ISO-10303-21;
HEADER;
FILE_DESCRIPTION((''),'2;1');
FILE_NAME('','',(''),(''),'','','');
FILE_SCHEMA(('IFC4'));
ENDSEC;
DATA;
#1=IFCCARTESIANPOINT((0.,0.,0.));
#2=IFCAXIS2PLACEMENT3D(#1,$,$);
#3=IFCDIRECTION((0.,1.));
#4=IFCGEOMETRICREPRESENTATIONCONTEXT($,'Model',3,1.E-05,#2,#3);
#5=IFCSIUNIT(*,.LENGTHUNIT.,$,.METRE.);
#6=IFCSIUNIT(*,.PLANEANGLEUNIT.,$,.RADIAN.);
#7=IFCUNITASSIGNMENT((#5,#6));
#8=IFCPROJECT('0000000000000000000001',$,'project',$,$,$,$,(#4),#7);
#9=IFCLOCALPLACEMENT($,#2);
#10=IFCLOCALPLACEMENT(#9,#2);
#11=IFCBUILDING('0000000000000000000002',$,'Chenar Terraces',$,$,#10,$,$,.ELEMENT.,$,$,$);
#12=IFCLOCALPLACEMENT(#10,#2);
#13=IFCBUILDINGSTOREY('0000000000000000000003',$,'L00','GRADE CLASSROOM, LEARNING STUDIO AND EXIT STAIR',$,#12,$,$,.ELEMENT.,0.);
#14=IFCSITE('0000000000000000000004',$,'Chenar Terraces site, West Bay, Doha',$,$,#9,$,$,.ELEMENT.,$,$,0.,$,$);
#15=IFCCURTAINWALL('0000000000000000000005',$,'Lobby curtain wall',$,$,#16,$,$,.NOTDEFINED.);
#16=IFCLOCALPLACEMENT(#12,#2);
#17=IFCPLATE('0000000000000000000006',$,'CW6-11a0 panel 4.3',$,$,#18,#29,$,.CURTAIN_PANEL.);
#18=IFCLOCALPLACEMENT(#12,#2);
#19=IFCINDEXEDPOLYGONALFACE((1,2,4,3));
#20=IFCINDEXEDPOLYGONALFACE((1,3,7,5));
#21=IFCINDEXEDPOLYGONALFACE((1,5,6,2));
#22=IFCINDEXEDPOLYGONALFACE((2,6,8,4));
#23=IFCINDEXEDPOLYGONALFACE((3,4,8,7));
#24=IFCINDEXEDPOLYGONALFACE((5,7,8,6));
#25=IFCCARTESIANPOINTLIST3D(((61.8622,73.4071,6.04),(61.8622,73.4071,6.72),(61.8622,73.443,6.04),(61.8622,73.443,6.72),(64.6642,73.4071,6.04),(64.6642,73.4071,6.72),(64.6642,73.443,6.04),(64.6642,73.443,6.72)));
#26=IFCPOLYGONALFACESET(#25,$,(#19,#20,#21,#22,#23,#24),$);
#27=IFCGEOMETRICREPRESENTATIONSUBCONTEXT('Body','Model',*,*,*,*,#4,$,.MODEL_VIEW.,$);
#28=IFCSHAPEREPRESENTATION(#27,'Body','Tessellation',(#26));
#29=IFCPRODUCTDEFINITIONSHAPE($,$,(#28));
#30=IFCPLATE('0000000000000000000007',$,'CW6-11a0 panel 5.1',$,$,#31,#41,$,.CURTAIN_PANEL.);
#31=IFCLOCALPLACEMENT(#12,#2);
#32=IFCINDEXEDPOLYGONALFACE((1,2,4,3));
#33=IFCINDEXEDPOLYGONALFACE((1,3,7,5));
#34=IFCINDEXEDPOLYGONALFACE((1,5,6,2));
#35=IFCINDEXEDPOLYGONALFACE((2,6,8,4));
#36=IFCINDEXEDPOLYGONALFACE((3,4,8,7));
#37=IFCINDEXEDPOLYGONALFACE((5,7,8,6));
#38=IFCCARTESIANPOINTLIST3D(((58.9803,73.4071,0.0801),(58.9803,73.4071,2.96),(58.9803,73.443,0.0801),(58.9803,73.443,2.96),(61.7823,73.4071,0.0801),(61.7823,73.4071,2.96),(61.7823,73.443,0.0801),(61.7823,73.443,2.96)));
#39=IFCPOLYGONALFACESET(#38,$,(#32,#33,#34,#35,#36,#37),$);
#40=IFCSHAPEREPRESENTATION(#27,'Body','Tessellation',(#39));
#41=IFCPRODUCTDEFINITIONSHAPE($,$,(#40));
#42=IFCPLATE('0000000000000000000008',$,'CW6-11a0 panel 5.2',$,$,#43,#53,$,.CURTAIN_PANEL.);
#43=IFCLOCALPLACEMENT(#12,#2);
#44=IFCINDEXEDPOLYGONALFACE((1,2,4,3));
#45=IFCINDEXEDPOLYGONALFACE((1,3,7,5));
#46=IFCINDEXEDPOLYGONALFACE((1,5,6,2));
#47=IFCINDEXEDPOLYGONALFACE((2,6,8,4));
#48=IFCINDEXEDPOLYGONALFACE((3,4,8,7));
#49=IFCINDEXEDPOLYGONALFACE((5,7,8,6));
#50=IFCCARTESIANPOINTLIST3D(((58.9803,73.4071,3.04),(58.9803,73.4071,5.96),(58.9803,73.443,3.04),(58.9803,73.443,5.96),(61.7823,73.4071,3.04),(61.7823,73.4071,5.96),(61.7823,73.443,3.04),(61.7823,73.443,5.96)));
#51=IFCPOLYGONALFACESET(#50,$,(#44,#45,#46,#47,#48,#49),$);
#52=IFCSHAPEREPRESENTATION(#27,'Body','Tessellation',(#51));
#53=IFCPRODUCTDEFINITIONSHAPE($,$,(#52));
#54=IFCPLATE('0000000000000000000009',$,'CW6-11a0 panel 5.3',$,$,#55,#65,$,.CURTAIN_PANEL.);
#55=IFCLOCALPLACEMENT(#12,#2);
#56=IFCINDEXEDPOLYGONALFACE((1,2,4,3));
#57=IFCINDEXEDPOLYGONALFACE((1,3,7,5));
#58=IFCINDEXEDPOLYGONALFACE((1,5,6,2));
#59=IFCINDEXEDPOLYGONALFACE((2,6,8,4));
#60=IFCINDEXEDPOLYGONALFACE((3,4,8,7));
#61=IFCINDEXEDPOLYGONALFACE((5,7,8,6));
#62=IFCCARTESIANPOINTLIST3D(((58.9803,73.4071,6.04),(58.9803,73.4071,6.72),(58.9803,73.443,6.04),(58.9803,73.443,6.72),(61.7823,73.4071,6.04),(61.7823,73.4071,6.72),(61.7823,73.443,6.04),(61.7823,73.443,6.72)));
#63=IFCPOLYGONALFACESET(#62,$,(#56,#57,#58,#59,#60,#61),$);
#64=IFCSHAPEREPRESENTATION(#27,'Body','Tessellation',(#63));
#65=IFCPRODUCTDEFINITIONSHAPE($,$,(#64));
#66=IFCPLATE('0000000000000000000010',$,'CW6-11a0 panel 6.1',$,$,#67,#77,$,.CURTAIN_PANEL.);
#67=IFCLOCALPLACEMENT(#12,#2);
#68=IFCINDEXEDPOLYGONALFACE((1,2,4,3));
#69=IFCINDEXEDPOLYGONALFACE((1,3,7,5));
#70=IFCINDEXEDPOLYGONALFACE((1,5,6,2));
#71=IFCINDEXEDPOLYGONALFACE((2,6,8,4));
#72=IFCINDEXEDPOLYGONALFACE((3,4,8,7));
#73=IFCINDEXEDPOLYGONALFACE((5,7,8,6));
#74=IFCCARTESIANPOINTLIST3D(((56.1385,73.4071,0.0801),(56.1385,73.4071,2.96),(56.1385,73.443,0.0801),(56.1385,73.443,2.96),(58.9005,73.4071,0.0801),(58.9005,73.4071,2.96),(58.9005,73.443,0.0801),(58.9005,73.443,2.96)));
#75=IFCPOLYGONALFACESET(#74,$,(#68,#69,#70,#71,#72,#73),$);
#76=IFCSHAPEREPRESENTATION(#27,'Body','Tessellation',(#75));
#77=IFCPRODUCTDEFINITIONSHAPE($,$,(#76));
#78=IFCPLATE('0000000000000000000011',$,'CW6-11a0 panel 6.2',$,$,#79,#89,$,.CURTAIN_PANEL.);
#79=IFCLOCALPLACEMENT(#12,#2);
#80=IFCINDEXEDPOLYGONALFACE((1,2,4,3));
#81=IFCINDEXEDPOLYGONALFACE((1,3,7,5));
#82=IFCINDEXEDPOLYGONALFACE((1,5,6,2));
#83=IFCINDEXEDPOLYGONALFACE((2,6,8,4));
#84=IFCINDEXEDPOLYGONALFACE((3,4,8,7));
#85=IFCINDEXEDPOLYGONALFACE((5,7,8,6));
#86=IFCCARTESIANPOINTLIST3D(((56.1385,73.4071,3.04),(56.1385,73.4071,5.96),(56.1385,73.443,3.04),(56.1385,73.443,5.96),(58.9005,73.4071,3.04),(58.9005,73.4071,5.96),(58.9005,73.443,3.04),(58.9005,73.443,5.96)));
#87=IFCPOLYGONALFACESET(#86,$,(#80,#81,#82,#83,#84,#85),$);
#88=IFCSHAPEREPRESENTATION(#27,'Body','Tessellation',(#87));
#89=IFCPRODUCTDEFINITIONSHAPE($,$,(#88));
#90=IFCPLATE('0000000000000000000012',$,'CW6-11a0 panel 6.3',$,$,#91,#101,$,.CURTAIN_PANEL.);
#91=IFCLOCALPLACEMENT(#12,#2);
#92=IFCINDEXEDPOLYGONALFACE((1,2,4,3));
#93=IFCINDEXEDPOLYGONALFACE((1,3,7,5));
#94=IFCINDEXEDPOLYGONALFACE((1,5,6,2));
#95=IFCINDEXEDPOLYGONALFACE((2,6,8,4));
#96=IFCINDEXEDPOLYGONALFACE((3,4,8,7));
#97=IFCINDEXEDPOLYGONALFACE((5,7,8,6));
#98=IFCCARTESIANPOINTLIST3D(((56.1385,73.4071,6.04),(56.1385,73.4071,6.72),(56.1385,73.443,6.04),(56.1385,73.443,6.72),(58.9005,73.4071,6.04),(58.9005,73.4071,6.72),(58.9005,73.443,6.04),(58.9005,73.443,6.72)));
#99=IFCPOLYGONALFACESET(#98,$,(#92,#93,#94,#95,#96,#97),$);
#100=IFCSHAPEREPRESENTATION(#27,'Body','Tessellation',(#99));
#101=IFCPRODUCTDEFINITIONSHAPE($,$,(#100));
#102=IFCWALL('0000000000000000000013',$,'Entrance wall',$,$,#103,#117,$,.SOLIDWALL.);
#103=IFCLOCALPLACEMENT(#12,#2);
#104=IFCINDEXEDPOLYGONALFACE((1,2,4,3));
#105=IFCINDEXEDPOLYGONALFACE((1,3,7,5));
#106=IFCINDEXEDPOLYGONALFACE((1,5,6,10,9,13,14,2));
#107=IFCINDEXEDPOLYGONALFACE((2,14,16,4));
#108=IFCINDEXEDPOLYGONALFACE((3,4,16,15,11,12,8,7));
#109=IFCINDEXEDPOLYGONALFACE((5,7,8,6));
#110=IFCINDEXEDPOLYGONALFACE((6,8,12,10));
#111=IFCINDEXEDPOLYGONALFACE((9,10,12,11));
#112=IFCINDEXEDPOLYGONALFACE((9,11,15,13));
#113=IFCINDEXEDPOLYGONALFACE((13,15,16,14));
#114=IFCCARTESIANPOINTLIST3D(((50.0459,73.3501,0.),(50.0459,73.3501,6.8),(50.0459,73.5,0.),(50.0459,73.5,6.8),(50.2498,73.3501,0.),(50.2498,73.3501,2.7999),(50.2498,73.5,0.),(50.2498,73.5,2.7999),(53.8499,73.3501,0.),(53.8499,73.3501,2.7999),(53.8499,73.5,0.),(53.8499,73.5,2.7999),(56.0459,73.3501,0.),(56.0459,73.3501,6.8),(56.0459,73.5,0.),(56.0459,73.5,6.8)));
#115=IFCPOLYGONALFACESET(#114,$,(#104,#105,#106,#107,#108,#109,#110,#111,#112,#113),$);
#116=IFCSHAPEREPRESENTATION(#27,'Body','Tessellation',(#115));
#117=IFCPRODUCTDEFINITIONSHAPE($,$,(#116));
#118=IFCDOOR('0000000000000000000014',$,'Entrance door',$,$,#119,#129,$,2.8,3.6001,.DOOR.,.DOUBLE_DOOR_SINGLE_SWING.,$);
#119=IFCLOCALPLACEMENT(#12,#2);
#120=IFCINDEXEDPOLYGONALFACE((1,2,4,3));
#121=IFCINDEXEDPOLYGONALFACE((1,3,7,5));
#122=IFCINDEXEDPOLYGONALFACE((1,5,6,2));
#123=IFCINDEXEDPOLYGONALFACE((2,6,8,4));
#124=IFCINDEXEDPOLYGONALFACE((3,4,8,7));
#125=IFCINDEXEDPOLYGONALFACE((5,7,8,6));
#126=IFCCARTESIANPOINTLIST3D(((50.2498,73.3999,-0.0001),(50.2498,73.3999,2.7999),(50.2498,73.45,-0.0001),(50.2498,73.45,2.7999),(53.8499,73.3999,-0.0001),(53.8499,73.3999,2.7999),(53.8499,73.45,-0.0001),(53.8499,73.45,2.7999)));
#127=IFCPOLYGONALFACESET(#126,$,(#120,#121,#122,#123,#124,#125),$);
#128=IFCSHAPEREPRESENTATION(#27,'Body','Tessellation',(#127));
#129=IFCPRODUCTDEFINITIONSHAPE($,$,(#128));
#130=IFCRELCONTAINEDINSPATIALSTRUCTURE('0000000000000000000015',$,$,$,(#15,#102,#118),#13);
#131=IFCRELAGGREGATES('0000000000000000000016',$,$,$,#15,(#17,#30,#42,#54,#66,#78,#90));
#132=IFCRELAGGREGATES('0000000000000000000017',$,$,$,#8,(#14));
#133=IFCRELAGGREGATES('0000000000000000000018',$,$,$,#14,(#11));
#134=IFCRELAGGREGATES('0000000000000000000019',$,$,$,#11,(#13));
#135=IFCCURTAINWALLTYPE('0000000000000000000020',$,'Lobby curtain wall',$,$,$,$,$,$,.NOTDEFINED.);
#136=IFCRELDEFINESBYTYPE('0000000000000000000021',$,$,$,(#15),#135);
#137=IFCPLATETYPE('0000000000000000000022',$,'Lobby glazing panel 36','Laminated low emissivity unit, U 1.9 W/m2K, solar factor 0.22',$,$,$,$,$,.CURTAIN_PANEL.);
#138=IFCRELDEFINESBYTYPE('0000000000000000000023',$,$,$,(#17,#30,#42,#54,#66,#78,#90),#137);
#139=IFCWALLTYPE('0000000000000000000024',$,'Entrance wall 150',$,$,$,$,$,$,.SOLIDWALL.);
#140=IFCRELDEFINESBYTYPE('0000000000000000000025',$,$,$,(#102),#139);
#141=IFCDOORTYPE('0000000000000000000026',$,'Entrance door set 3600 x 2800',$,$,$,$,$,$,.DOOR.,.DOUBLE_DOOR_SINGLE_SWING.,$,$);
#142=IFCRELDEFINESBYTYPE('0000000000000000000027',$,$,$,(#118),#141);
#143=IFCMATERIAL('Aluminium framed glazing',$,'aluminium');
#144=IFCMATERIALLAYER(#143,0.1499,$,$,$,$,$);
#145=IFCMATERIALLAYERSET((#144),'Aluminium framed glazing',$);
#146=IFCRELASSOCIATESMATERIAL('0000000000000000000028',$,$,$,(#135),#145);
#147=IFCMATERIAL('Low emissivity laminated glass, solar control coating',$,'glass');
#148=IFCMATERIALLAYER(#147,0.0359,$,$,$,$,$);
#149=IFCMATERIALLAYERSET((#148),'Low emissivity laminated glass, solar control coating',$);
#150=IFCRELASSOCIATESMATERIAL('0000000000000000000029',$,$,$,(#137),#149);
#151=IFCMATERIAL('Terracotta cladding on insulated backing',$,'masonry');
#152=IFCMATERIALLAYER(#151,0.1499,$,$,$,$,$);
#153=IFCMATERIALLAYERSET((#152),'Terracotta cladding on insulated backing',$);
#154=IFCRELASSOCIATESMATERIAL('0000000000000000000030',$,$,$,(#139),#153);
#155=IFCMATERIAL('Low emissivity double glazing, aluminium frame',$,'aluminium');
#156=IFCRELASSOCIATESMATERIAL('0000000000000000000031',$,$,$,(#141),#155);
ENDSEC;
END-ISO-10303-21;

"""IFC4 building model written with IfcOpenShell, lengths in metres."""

from ifc_helpers import new_model, si_unit, direction, frame, frame_2d, origin, origin_2d, place, context, subcontext, project, spatial, rectangle, extrude, material, layer, layer_set, type_object, element, fill, aggregate, save


model = new_model("IFC4")

# Units and contexts
model_context = context("Model", 3, precision=1e-05, world=origin(), true_north=direction((0.0, 1.0)))
body_context = subcontext(model_context, "Body", "Model", "MODEL_VIEW")
ifc_project = project(units=[si_unit("LENGTHUNIT", "METRE"), si_unit("PLANEANGLEUNIT", "RADIAN")], contexts=[model_context])

# Site, building, storey
site_placement = place(None, origin())
site = spatial("IfcSite", under=ifc_project, at=site_placement, Name="Chenar Terraces site, West Bay, Doha", CompositionType="ELEMENT", RefElevation=0.0)
building_placement = place(site_placement, origin())
building = spatial("IfcBuilding", under=site, at=building_placement, Name="Chenar Terraces", CompositionType="ELEMENT")
storey_placement = place(building_placement, origin())
storey = spatial("IfcBuildingStorey", under=building, at=storey_placement, Name="L00", Description="GRADE CLASSROOM, LEARNING STUDIO AND EXIT STAIR", CompositionType="ELEMENT", Elevation=0.0)

# Curtain wall
ifc_material_1 = material(Name="Aluminium framed glazing", Category="aluminium")
ifc_layer_1 = layer(ifc_material_1, 0.1499)
ifc_layer_set_1 = layer_set([ifc_layer_1], Name="Aluminium framed glazing")
curtain_wall_type = type_object("IfcCurtainWallType", Name="Lobby curtain wall", PredefinedType="NOTDEFINED", material=ifc_layer_set_1)
placement = place(storey_placement, origin())
curtain_wall_1 = element("IfcCurtainWall", 1, at=placement, inside=storey, type_object=curtain_wall_type, Name="Lobby curtain wall", PredefinedType="NOTDEFINED")

# Plates
ifc_material_2 = material(Name="Low emissivity laminated glass, solar control coating", Category="glass")
ifc_layer_2 = layer(ifc_material_2, 0.0359)
ifc_layer_set_2 = layer_set([ifc_layer_2], Name="Low emissivity laminated glass, solar control coating")
plate_type = type_object("IfcPlateType", Name="Lobby glazing panel 36", Description="Laminated low emissivity unit, U 1.9 W/m2K, solar factor 0.22", PredefinedType="CURTAIN_PANEL", material=ifc_layer_set_2)
plate_1_placement = place(storey_placement, frame((63.2632, 73.425, 6.04), z_axis=(0.0, 0.0, 1.0), x_axis=(-1.0, 0.0, 0.0)))
plate_1 = element("IfcPlate", 2, at=plate_1_placement, type_object=plate_type, Name="CW6-11a0 panel 4.3", PredefinedType="CURTAIN_PANEL", context=body_context, shape_type="SweptSolid", body=[
    extrude(rectangle(XDim=2.802, YDim=0.0359, at=origin_2d()), origin(), (0.0, 0.0, 1.0), 0.6799),
])
plate_2_placement = place(storey_placement, frame((60.3813, 73.425, 0.0801), z_axis=(0.0, 0.0, 1.0), x_axis=(-1.0, 0.0, 0.0)))
plate_2 = element("IfcPlate", 3, at=plate_2_placement, type_object=plate_type, Name="CW6-11a0 panel 5.1", PredefinedType="CURTAIN_PANEL", context=body_context, shape_type="SweptSolid", body=[
    extrude(rectangle(XDim=2.802, YDim=0.0359, at=origin_2d()), origin(), (0.0, 0.0, 1.0), 2.8799),
])
plate_3_placement = place(storey_placement, frame((60.3813, 73.425, 3.04), z_axis=(0.0, 0.0, 1.0), x_axis=(-1.0, 0.0, 0.0)))
plate_3 = element("IfcPlate", 4, at=plate_3_placement, type_object=plate_type, Name="CW6-11a0 panel 5.2", PredefinedType="CURTAIN_PANEL", context=body_context, shape_type="SweptSolid", body=[
    extrude(rectangle(XDim=2.802, YDim=0.0359, at=origin_2d()), origin(), (0.0, 0.0, 1.0), 2.9199),
])
plate_4_placement = place(storey_placement, frame((60.3813, 73.425, 6.04), z_axis=(0.0, 0.0, 1.0), x_axis=(-1.0, 0.0, 0.0)))
plate_4 = element("IfcPlate", 5, at=plate_4_placement, type_object=plate_type, Name="CW6-11a0 panel 5.3", PredefinedType="CURTAIN_PANEL", context=body_context, shape_type="SweptSolid", body=[
    extrude(rectangle(XDim=2.802, YDim=0.0359, at=origin_2d()), origin(), (0.0, 0.0, 1.0), 0.6799),
])
plate_5_placement = place(storey_placement, frame((57.5195, 73.425, 0.0801), z_axis=(0.0, 0.0, 1.0), x_axis=(-1.0, 0.0, 0.0)))
plate_5 = element("IfcPlate", 6, at=plate_5_placement, type_object=plate_type, Name="CW6-11a0 panel 6.1", PredefinedType="CURTAIN_PANEL", context=body_context, shape_type="SweptSolid", body=[
    extrude(rectangle(XDim=2.762, YDim=0.0359, at=origin_2d()), origin(), (0.0, 0.0, 1.0), 2.8799),
])
plate_6_placement = place(storey_placement, frame((57.5195, 73.425, 3.04), z_axis=(0.0, 0.0, 1.0), x_axis=(-1.0, 0.0, 0.0)))
plate_6 = element("IfcPlate", 7, at=plate_6_placement, type_object=plate_type, Name="CW6-11a0 panel 6.2", PredefinedType="CURTAIN_PANEL", context=body_context, shape_type="SweptSolid", body=[
    extrude(rectangle(XDim=2.762, YDim=0.0359, at=origin_2d()), origin(), (0.0, 0.0, 1.0), 2.9199),
])
plate_7_placement = place(storey_placement, frame((57.5195, 73.425, 6.04), z_axis=(0.0, 0.0, 1.0), x_axis=(-1.0, 0.0, 0.0)))
plate_7 = element("IfcPlate", 8, at=plate_7_placement, type_object=plate_type, Name="CW6-11a0 panel 6.3", PredefinedType="CURTAIN_PANEL", context=body_context, shape_type="SweptSolid", body=[
    extrude(rectangle(XDim=2.762, YDim=0.0359, at=origin_2d()), origin(), (0.0, 0.0, 1.0), 0.6799),
])
aggregate(curtain_wall_1, [plate_1, plate_2, plate_3, plate_4, plate_5, plate_6, plate_7])

# Wall, opening, door
ifc_material_3 = material(Name="Terracotta cladding on insulated backing", Category="masonry")
ifc_layer_3 = layer(ifc_material_3, 0.1499)
ifc_layer_set_3 = layer_set([ifc_layer_3], Name="Terracotta cladding on insulated backing")
wall_type = type_object("IfcWallType", Name="Entrance wall 150", PredefinedType="SOLIDWALL", material=ifc_layer_set_3)
wall_placement = place(storey_placement, frame((56.0459, 73.425, 0.0), z_axis=(0.0, 0.0, 1.0), x_axis=(-1.0, 0.0, 0.0)))
wall = element("IfcWall", 9, at=wall_placement, inside=storey, type_object=wall_type, Name="Entrance wall", PredefinedType="SOLIDWALL", context=body_context, shape_type="SweptSolid", body=[
    extrude(rectangle(XDim=6.0, YDim=0.1499, at=frame_2d((3.0, 0.0))), origin(), (0.0, 0.0, 1.0), 6.8),
])
opening_placement = place(wall_placement, frame((2.196, 0.0, 0.0)))
opening = element("IfcOpeningElement", 10, at=opening_placement, cuts=wall, PredefinedType="OPENING", context=body_context, shape_type="SweptSolid", body=[
    extrude(rectangle(XDim=3.6001, YDim=2.8, at=frame_2d((1.8, 1.3999))), frame((0.0, 0.085, 0.0), z_axis=(0.0, -1.0, 0.0), x_axis=(1.0, 0.0, 0.0)), (0.0, 0.0, 1.0), 0.1699),
])
ifc_material_4 = material(Name="Low emissivity double glazing, aluminium frame", Category="aluminium")
door_type = type_object("IfcDoorType", Name="Entrance door set 3600 x 2800", OperationType="DOUBLE_DOOR_SINGLE_SWING", PredefinedType="DOOR", material=ifc_material_4)
door_placement = place(opening_placement, frame((3.6001, 0.0, 0.0), z_axis=(0.0, 0.0, 1.0), x_axis=(-1.0, 0.0, 0.0)))
door = element("IfcDoor", 11, at=door_placement, inside=storey, type_object=door_type, Name="Entrance door", OperationType="DOUBLE_DOOR_SINGLE_SWING", OverallHeight=2.8, OverallWidth=3.6001, PredefinedType="DOOR", context=body_context, shape_type="SweptSolid", body=[
    extrude(rectangle(XDim=3.6001, YDim=2.8, at=frame_2d((1.8, 1.3999))), frame((0.0, 0.0249, 0.0), z_axis=(0.0, -1.0, 0.0), x_axis=(1.0, 0.0, 0.0)), (0.0, 0.0, 1.0), 0.05),
])
fill(opening, door)

save(model, "model.ifc")
